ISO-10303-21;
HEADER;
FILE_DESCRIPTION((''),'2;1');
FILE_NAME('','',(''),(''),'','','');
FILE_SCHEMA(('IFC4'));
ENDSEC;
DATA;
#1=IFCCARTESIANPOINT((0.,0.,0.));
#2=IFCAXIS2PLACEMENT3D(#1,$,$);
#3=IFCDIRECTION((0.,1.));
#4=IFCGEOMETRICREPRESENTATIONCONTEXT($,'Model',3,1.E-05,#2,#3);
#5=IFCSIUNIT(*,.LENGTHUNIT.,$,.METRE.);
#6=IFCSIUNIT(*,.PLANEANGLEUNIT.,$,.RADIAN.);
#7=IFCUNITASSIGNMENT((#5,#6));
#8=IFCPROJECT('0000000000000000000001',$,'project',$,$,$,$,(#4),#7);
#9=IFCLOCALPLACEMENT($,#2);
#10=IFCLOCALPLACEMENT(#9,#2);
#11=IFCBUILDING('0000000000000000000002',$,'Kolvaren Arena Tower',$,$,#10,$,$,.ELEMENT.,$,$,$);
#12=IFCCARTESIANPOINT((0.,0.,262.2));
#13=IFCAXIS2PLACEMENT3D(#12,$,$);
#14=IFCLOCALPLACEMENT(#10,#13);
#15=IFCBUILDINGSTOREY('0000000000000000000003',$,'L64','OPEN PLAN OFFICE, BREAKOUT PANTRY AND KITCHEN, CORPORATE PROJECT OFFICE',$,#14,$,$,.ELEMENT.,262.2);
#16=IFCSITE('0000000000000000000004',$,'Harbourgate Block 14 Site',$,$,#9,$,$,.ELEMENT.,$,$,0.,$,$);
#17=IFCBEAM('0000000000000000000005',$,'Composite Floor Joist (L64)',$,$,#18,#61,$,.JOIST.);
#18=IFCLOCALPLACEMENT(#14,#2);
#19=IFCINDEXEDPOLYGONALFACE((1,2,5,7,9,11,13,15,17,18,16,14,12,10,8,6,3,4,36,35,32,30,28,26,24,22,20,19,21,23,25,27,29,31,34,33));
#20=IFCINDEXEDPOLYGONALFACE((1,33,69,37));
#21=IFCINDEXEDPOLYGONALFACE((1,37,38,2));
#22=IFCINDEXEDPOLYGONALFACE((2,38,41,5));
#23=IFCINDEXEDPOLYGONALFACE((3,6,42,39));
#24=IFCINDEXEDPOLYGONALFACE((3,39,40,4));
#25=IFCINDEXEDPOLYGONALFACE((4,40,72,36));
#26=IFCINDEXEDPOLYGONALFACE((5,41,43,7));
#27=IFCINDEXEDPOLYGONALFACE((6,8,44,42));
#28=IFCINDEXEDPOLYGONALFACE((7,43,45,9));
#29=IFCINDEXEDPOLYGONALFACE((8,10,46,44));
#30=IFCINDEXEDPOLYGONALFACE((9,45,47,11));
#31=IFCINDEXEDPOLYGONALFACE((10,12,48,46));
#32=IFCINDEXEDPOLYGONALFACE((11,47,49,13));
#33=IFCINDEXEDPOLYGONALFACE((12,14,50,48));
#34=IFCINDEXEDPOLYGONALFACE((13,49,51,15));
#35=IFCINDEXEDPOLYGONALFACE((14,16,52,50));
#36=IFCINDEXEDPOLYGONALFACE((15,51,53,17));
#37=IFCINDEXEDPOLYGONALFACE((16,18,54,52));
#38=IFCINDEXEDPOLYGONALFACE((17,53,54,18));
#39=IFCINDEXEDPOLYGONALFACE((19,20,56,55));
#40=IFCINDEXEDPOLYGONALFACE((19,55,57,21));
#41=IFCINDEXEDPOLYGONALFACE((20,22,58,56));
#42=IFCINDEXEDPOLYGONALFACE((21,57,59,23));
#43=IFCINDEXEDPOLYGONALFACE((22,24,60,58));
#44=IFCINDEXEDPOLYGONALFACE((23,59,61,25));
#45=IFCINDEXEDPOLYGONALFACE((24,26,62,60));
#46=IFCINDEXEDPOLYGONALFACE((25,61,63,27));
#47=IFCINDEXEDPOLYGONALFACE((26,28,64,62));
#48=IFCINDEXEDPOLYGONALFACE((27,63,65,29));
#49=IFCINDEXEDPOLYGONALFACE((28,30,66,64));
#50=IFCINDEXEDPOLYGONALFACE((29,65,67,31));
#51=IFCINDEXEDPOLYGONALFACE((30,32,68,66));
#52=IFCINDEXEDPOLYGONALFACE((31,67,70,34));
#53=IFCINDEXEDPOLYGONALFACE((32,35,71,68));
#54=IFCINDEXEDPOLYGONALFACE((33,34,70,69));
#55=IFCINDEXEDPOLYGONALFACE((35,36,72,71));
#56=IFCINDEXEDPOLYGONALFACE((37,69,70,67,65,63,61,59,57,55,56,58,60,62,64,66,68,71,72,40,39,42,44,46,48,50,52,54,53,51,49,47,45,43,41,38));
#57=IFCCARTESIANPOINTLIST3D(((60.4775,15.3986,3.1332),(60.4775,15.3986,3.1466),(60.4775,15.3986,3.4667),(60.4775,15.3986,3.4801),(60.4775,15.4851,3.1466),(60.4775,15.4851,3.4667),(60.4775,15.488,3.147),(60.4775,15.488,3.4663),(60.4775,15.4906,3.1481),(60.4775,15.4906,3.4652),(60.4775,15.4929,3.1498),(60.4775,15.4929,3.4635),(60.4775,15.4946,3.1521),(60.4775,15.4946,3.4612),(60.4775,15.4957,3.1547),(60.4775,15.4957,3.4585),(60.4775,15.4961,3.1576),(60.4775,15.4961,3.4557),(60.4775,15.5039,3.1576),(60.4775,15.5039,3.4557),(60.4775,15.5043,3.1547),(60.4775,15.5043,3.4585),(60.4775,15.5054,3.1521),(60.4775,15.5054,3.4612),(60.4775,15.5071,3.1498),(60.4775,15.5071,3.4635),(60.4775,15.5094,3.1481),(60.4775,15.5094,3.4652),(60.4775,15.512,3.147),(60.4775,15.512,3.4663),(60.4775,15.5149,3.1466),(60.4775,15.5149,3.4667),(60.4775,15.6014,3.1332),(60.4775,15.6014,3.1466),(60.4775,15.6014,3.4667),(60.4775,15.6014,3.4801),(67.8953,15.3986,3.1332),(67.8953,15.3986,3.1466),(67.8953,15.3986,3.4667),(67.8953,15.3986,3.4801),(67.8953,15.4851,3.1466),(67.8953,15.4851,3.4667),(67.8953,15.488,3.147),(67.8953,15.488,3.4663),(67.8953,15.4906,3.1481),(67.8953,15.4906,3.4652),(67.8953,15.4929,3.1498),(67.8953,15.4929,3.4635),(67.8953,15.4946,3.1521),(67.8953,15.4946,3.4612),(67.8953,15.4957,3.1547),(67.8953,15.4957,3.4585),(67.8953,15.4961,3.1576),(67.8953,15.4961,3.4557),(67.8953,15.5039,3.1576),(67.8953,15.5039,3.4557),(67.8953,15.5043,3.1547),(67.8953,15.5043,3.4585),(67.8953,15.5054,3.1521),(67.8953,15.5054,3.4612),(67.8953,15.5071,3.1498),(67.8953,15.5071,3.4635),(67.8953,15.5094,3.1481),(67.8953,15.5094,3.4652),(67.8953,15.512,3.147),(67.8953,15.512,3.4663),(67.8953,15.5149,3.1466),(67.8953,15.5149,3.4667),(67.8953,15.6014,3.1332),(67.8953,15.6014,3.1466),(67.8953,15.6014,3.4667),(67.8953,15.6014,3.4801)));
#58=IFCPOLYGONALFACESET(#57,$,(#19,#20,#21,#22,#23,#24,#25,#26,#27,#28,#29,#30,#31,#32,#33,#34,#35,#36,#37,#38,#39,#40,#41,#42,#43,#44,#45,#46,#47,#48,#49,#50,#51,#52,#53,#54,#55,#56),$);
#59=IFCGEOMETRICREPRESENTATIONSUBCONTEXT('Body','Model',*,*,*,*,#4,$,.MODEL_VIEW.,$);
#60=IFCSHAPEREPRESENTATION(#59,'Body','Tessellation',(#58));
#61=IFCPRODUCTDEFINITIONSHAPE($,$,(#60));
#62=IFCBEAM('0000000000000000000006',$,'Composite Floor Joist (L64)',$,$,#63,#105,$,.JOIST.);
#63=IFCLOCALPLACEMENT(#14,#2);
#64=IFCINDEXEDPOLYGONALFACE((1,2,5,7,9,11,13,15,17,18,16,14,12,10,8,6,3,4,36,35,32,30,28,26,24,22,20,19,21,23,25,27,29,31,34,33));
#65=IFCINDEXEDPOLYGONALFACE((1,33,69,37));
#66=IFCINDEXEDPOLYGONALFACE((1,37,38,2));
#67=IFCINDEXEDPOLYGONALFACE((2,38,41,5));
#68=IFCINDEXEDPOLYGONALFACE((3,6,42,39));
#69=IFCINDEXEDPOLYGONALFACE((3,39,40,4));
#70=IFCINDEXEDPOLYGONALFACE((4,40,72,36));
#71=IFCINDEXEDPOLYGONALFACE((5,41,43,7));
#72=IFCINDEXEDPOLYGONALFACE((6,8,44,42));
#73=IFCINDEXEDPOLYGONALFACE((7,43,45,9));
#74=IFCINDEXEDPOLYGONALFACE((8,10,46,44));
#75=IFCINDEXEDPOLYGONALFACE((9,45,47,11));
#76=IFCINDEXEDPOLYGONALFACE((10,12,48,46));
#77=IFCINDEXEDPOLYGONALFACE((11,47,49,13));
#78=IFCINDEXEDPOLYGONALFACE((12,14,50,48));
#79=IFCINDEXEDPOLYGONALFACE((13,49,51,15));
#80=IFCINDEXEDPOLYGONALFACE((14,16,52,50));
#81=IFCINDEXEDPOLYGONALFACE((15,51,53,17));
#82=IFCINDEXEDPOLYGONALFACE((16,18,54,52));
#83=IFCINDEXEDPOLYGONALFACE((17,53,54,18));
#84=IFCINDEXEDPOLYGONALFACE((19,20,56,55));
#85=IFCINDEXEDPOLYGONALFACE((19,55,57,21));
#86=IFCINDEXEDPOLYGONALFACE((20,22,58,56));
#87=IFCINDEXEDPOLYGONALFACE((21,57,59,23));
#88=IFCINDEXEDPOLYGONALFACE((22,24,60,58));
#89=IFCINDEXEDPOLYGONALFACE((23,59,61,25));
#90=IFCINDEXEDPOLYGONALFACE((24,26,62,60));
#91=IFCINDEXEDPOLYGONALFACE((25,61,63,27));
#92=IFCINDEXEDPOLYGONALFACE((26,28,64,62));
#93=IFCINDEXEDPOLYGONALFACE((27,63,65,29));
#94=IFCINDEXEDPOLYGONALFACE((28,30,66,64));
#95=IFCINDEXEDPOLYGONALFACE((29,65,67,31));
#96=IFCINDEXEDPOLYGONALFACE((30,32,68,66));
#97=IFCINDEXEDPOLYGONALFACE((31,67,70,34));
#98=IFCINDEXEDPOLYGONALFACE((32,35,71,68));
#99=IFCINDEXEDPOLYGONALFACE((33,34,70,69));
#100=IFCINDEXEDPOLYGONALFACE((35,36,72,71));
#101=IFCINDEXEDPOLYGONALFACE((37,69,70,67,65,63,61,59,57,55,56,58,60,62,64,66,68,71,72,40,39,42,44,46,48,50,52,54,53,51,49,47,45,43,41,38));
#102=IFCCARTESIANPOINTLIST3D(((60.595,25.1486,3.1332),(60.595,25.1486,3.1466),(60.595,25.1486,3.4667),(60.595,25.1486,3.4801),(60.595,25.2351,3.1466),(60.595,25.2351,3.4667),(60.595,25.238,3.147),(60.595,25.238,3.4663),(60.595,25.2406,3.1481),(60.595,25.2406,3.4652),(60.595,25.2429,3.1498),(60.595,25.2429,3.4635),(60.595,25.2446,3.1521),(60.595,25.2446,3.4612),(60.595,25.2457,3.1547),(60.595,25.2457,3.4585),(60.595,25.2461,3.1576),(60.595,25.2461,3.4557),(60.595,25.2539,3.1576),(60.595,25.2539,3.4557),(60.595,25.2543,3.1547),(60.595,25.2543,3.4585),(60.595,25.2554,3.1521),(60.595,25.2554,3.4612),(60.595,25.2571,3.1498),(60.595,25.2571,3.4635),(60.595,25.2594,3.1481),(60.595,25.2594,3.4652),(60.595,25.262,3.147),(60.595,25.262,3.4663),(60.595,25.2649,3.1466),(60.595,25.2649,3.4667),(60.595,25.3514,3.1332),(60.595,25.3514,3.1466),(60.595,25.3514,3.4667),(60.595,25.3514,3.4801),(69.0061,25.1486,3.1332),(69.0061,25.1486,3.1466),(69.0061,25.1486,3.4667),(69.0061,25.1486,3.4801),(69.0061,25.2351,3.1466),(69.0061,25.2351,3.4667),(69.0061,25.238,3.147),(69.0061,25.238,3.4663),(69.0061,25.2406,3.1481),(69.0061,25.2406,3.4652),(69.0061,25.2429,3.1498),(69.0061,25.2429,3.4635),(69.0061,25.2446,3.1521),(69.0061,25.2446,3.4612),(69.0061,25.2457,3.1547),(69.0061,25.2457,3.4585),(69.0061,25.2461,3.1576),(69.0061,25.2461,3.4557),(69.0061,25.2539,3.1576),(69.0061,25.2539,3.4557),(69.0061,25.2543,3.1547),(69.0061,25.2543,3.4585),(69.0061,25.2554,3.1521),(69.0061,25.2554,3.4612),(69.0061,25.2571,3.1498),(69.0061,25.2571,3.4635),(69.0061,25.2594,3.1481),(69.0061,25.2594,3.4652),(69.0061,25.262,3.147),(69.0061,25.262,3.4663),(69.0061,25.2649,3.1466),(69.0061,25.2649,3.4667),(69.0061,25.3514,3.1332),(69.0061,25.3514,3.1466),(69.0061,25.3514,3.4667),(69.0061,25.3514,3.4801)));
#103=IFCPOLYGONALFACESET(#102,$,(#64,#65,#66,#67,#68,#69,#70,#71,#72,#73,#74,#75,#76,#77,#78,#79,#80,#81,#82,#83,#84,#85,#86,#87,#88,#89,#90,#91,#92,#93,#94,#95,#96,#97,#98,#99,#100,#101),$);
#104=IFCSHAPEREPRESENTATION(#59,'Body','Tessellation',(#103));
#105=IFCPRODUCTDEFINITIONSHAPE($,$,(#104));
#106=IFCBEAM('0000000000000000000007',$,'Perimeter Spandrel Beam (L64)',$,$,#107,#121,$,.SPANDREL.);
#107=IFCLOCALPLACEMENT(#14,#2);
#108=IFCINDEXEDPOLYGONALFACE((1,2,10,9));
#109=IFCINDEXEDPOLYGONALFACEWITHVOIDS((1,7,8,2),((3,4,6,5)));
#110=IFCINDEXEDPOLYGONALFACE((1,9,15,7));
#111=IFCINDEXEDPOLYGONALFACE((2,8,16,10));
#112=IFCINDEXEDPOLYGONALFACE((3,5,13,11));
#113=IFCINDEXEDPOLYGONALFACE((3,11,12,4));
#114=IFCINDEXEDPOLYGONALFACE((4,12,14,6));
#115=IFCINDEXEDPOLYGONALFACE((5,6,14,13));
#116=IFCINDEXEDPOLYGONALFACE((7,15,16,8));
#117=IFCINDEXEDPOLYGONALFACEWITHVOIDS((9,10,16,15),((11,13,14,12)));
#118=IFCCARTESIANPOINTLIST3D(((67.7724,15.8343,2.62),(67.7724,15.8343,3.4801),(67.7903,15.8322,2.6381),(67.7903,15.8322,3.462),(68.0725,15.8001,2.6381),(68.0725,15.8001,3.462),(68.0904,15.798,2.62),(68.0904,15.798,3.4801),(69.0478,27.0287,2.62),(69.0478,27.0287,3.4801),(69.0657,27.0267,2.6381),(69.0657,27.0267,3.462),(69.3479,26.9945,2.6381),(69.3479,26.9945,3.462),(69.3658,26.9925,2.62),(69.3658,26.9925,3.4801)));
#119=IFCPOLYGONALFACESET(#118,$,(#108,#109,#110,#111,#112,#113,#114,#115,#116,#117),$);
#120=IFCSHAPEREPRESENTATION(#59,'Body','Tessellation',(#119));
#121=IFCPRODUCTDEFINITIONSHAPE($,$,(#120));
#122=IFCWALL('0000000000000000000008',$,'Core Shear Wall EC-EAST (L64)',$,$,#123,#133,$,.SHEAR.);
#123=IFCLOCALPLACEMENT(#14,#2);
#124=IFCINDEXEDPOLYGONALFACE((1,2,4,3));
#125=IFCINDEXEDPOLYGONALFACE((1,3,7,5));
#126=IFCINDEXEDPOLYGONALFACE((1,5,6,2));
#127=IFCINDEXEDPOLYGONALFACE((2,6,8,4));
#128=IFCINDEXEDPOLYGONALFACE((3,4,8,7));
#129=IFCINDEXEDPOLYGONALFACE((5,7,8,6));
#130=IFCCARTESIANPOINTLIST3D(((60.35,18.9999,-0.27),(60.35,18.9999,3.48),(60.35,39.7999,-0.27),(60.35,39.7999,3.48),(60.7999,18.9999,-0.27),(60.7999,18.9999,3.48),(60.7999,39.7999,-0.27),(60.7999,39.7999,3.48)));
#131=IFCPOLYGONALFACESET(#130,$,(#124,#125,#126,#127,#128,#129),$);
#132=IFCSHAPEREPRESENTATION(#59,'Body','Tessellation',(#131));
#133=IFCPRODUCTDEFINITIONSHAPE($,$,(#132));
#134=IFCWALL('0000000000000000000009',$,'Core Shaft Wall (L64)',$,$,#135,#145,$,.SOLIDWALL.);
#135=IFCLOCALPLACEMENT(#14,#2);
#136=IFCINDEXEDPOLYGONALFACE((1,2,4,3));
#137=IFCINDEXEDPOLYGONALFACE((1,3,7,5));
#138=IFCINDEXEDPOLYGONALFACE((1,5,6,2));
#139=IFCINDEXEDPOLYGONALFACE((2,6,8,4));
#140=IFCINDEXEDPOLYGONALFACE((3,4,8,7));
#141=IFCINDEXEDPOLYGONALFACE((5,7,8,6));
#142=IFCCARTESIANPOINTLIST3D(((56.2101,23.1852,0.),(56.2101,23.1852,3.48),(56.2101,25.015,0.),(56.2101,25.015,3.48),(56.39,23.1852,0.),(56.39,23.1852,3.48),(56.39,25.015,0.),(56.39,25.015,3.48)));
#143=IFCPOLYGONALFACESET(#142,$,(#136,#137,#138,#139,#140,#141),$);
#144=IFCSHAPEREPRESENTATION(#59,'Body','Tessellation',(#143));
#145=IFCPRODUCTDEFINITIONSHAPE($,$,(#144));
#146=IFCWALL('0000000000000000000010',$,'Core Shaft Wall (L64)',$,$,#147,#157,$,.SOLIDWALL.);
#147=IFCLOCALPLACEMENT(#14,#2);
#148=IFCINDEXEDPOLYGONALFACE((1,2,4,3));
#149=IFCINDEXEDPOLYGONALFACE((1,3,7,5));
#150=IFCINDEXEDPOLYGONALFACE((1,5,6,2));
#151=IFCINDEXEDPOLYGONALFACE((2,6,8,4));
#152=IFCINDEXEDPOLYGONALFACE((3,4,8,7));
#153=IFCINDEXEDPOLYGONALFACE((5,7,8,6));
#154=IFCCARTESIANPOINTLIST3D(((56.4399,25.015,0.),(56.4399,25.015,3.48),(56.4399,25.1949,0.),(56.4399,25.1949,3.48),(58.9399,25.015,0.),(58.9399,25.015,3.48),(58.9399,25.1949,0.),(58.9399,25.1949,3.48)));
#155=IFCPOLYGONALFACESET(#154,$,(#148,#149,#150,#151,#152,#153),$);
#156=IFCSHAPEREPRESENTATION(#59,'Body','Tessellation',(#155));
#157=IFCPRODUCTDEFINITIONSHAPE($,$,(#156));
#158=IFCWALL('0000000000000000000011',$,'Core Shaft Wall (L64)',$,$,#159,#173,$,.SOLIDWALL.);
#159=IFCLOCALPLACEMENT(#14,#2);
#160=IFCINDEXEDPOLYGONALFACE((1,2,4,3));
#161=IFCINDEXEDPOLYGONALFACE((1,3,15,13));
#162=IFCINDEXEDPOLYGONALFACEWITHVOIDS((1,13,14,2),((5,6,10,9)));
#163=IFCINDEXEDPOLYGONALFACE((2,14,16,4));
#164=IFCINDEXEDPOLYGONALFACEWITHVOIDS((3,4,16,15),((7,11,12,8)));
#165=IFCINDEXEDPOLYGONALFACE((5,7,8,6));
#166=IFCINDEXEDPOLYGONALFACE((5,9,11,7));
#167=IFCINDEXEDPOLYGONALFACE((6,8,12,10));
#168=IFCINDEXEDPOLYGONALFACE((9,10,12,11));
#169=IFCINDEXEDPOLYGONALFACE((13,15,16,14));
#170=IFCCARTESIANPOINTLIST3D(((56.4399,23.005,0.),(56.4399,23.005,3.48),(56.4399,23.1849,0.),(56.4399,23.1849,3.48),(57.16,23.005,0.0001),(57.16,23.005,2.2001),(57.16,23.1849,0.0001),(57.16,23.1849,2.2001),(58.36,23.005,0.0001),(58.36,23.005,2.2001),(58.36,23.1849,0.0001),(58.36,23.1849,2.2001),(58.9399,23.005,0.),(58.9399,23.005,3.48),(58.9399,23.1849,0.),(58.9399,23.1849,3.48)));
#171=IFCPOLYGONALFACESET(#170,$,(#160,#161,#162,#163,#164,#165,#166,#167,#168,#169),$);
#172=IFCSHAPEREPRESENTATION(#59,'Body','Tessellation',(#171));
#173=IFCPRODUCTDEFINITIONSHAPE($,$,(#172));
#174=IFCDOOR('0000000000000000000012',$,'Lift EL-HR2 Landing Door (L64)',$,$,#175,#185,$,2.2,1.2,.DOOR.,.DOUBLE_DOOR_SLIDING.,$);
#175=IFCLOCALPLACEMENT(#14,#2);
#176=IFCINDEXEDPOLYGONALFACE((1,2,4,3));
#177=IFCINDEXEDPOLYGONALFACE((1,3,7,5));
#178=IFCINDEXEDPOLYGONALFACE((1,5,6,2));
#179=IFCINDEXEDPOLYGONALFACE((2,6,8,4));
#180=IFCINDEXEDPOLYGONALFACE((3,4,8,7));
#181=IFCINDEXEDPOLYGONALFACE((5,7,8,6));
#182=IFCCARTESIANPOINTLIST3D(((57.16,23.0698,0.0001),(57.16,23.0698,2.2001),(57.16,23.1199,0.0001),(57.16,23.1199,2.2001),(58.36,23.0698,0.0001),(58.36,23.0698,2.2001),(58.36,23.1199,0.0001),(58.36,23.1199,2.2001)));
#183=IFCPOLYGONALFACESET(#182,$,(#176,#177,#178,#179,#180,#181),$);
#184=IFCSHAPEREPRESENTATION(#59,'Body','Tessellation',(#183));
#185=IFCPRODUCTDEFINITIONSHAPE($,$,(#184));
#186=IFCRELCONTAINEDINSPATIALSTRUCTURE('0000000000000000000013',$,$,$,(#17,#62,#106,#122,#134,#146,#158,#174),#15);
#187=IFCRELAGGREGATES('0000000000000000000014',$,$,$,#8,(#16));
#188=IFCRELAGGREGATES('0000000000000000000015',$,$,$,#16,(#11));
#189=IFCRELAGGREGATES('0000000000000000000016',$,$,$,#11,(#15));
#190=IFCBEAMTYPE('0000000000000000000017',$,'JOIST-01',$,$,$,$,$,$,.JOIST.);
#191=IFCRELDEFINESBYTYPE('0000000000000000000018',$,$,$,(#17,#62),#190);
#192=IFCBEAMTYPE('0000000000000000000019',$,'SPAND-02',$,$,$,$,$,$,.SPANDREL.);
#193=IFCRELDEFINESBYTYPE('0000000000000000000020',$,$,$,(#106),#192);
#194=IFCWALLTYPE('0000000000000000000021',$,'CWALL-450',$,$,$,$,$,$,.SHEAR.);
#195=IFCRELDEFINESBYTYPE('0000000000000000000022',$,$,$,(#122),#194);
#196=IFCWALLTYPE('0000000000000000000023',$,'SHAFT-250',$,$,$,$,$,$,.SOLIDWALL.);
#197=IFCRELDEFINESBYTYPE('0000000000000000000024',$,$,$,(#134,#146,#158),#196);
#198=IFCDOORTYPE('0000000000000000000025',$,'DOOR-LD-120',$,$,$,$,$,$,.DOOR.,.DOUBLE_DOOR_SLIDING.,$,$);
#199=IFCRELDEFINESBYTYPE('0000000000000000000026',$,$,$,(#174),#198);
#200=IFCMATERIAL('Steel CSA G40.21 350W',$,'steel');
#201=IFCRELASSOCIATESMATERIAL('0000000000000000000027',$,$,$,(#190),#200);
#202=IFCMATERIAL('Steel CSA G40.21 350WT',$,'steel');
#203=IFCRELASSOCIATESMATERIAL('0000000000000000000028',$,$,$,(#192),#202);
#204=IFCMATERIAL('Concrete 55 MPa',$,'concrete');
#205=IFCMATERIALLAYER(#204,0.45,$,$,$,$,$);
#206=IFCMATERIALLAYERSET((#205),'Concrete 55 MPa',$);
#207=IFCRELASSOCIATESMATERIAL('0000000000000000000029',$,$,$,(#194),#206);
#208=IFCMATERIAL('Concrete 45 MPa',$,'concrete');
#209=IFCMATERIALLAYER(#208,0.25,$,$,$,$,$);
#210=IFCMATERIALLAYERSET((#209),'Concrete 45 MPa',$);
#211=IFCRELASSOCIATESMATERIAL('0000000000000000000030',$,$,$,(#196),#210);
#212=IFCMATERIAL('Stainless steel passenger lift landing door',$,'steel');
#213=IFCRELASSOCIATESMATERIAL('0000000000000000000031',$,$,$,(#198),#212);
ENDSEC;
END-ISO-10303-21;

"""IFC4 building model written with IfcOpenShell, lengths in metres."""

from ifc_helpers import new_model, si_unit, direction, frame, frame_2d, origin, origin_2d, place, context, subcontext, project, spatial, rectangle, hollow_rectangle, i_section, extrude, material, layer, layer_set, material_profile, profile_set, type_object, element, fill, save


model = new_model("IFC4")

# Units and contexts
model_context = context("Model", 3, precision=1e-05, world=origin(), true_north=direction((0.0, 1.0)))
body_context = subcontext(model_context, "Body", "Model", "MODEL_VIEW")
ifc_project = project(units=[si_unit("LENGTHUNIT", "METRE"), si_unit("PLANEANGLEUNIT", "RADIAN")], contexts=[model_context])

# Site, building, storey
site_placement = place(None, origin())
site = spatial("IfcSite", under=ifc_project, at=site_placement, Name="Harbourgate Block 14 Site", CompositionType="ELEMENT", RefElevation=0.0)
building_placement = place(site_placement, origin())
building = spatial("IfcBuilding", under=site, at=building_placement, Name="Kolvaren Arena Tower", CompositionType="ELEMENT")
storey_placement = place(building_placement, frame((0.0, 0.0, 262.2)))
storey = spatial("IfcBuildingStorey", under=building, at=storey_placement, Name="L64", Description="OPEN PLAN OFFICE, BREAKOUT PANTRY AND KITCHEN, CORPORATE PROJECT OFFICE", CompositionType="ELEMENT", Elevation=262.2)

# Beams
ifc_material_1 = material(Name="Steel CSA G40.21 350W", Category="steel")
ifc_material_profile_1 = material_profile(ifc_material_1, i_section(OverallWidth=0.2029, OverallDepth=0.3469, WebThickness=0.0078, FlangeThickness=0.0134, FilletRadius=0.011, at=origin_2d()), Name="W360x64")
ifc_profile_set_1 = profile_set([ifc_material_profile_1], Name="Steel CSA G40.21 350W")
beam_type_1 = type_object("IfcBeamType", Name="JOIST-01", PredefinedType="JOIST", material=ifc_profile_set_1)
beam_1_placement = place(storey_placement, frame((60.4775, 15.5, 3.3066), z_axis=(1.0, 0.0, 0.0), x_axis=(0.0, 1.0, 0.0)))
element("IfcBeam", 1, at=beam_1_placement, inside=storey, type_object=beam_type_1, Name="Composite Floor Joist (L64)", PredefinedType="JOIST", context=body_context, shape_type="SweptSolid", body=[
    extrude(i_section(OverallWidth=0.2029, OverallDepth=0.3469, WebThickness=0.0078, FlangeThickness=0.0134, FilletRadius=0.011, at=origin_2d()), origin(), (0.0, 0.0, 1.0), 7.4177),
])
beam_2_placement = place(storey_placement, frame((60.595, 25.25, 3.3066), z_axis=(1.0, 0.0, 0.0), x_axis=(0.0, 1.0, 0.0)))
element("IfcBeam", 2, at=beam_2_placement, inside=storey, type_object=beam_type_1, Name="Composite Floor Joist (L64)", PredefinedType="JOIST", context=body_context, shape_type="SweptSolid", body=[
    extrude(i_section(OverallWidth=0.2029, OverallDepth=0.3469, WebThickness=0.0078, FlangeThickness=0.0134, FilletRadius=0.011, at=origin_2d()), origin(), (0.0, 0.0, 1.0), 8.4111),
])
ifc_material_2 = material(Name="Steel CSA G40.21 350WT", Category="steel")
ifc_material_profile_2 = material_profile(ifc_material_2, hollow_rectangle(XDim=0.3201, YDim=0.8601, WallThickness=0.0181, at=origin_2d()), Name="HSS 860x320x18")
ifc_profile_set_2 = profile_set([ifc_material_profile_2], Name="Steel CSA G40.21 350WT")
beam_type_2 = type_object("IfcBeamType", Name="SPAND-02", PredefinedType="SPANDREL", material=ifc_profile_set_2)
beam_3_placement = place(storey_placement, frame((67.9314, 15.8162, 3.05), z_axis=(0.113199, 0.993572, 0.0), x_axis=(-0.993572, 0.113199, 0.0)))
element("IfcBeam", 3, at=beam_3_placement, inside=storey, type_object=beam_type_2, Name="Perimeter Spandrel Beam (L64)", PredefinedType="SPANDREL", context=body_context, shape_type="SweptSolid", body=[
    extrude(hollow_rectangle(XDim=0.3201, YDim=0.8601, WallThickness=0.0181, at=origin_2d()), origin(), (0.0, 0.0, 1.0), 11.2668),
])

# Walls
ifc_material_3 = material(Name="Concrete 55 MPa", Category="concrete")
ifc_layer_1 = layer(ifc_material_3, 0.45)
ifc_layer_set_1 = layer_set([ifc_layer_1], Name="Concrete 55 MPa")
wall_type_1 = type_object("IfcWallType", Name="CWALL-450", PredefinedType="SHEAR", material=ifc_layer_set_1)
wall_1_placement = place(storey_placement, frame((60.575, 19.0, -0.27), z_axis=(0.0, 0.0, 1.0), x_axis=(0.0, 1.0, 0.0)))
element("IfcWall", 4, at=wall_1_placement, inside=storey, type_object=wall_type_1, Name="Core Shear Wall EC-EAST (L64)", PredefinedType="SHEAR", context=body_context, shape_type="SweptSolid", body=[
    extrude(rectangle(XDim=20.8, YDim=0.45, at=frame_2d((10.3999, 0.0))), origin(), (0.0, 0.0, 1.0), 3.75),
])
ifc_material_4 = material(Name="Concrete 45 MPa", Category="concrete")
ifc_layer_2 = layer(ifc_material_4, 0.25)
ifc_layer_set_2 = layer_set([ifc_layer_2], Name="Concrete 45 MPa")
wall_type_2 = type_object("IfcWallType", Name="SHAFT-250", PredefinedType="SOLIDWALL", material=ifc_layer_set_2)
wall_2_placement = place(storey_placement, frame((56.3, 23.1851, 0.0), z_axis=(0.0, 0.0, 1.0), x_axis=(0.0, 1.0, 0.0)))
element("IfcWall", 5, at=wall_2_placement, inside=storey, type_object=wall_type_2, Name="Core Shaft Wall (L64)", PredefinedType="SOLIDWALL", context=body_context, shape_type="SweptSolid", body=[
    extrude(rectangle(XDim=1.8298, YDim=0.1799, at=frame_2d((0.915, 0.0))), origin(), (0.0, 0.0, 1.0), 3.48),
])
wall_3_placement = place(storey_placement, frame((56.4399, 25.105, 0.0), z_axis=(0.0, 0.0, 1.0), x_axis=(1.0, 0.0, 0.0)))
element("IfcWall", 6, at=wall_3_placement, inside=storey, type_object=wall_type_2, Name="Core Shaft Wall (L64)", PredefinedType="SOLIDWALL", context=body_context, shape_type="SweptSolid", body=[
    extrude(rectangle(XDim=2.5, YDim=0.1799, at=frame_2d((1.25, 0.0))), origin(), (0.0, 0.0, 1.0), 3.48),
])

# Wall, opening, door
wall_4_placement = place(storey_placement, frame((56.4399, 23.095, 0.0), z_axis=(0.0, 0.0, 1.0), x_axis=(1.0, 0.0, 0.0)))
wall_4 = element("IfcWall", 7, at=wall_4_placement, inside=storey, type_object=wall_type_2, Name="Core Shaft Wall (L64)", PredefinedType="SOLIDWALL", context=body_context, shape_type="SweptSolid", body=[
    extrude(rectangle(XDim=2.5, YDim=0.1799, at=frame_2d((1.25, 0.0))), origin(), (0.0, 0.0, 1.0), 3.48),
])
opening_placement = place(wall_4_placement, frame((0.72, 0.0, 0.0)))
opening = element("IfcOpeningElement", 8, at=opening_placement, cuts=wall_4, PredefinedType="OPENING", context=body_context, shape_type="SweptSolid", body=[
    extrude(rectangle(XDim=1.2, YDim=2.2, at=frame_2d((0.6001, 1.1001))), frame((0.0, 0.0999, 0.0), z_axis=(0.0, -1.0, 0.0), x_axis=(1.0, 0.0, 0.0)), (0.0, 0.0, 1.0), 0.2),
])
ifc_material_5 = material(Name="Stainless steel passenger lift landing door", Category="steel")
door_type = type_object("IfcDoorType", Name="DOOR-LD-120", OperationType="DOUBLE_DOOR_SLIDING", PredefinedType="DOOR", material=ifc_material_5)
door_placement = place(opening_placement, origin())
door = element("IfcDoor", 9, at=door_placement, inside=storey, type_object=door_type, Name="Lift EL-HR2 Landing Door (L64)", OperationType="DOUBLE_DOOR_SLIDING", OverallHeight=2.2, OverallWidth=1.2, PredefinedType="DOOR", context=body_context, shape_type="SweptSolid", body=[
    extrude(rectangle(XDim=1.2, YDim=2.2, at=frame_2d((0.6001, 1.1001))), frame((0.0, 0.0249, 0.0), z_axis=(0.0, -1.0, 0.0), x_axis=(1.0, 0.0, 0.0)), (0.0, 0.0, 1.0), 0.05),
])
fill(opening, door)

save(model, "model.ifc")
